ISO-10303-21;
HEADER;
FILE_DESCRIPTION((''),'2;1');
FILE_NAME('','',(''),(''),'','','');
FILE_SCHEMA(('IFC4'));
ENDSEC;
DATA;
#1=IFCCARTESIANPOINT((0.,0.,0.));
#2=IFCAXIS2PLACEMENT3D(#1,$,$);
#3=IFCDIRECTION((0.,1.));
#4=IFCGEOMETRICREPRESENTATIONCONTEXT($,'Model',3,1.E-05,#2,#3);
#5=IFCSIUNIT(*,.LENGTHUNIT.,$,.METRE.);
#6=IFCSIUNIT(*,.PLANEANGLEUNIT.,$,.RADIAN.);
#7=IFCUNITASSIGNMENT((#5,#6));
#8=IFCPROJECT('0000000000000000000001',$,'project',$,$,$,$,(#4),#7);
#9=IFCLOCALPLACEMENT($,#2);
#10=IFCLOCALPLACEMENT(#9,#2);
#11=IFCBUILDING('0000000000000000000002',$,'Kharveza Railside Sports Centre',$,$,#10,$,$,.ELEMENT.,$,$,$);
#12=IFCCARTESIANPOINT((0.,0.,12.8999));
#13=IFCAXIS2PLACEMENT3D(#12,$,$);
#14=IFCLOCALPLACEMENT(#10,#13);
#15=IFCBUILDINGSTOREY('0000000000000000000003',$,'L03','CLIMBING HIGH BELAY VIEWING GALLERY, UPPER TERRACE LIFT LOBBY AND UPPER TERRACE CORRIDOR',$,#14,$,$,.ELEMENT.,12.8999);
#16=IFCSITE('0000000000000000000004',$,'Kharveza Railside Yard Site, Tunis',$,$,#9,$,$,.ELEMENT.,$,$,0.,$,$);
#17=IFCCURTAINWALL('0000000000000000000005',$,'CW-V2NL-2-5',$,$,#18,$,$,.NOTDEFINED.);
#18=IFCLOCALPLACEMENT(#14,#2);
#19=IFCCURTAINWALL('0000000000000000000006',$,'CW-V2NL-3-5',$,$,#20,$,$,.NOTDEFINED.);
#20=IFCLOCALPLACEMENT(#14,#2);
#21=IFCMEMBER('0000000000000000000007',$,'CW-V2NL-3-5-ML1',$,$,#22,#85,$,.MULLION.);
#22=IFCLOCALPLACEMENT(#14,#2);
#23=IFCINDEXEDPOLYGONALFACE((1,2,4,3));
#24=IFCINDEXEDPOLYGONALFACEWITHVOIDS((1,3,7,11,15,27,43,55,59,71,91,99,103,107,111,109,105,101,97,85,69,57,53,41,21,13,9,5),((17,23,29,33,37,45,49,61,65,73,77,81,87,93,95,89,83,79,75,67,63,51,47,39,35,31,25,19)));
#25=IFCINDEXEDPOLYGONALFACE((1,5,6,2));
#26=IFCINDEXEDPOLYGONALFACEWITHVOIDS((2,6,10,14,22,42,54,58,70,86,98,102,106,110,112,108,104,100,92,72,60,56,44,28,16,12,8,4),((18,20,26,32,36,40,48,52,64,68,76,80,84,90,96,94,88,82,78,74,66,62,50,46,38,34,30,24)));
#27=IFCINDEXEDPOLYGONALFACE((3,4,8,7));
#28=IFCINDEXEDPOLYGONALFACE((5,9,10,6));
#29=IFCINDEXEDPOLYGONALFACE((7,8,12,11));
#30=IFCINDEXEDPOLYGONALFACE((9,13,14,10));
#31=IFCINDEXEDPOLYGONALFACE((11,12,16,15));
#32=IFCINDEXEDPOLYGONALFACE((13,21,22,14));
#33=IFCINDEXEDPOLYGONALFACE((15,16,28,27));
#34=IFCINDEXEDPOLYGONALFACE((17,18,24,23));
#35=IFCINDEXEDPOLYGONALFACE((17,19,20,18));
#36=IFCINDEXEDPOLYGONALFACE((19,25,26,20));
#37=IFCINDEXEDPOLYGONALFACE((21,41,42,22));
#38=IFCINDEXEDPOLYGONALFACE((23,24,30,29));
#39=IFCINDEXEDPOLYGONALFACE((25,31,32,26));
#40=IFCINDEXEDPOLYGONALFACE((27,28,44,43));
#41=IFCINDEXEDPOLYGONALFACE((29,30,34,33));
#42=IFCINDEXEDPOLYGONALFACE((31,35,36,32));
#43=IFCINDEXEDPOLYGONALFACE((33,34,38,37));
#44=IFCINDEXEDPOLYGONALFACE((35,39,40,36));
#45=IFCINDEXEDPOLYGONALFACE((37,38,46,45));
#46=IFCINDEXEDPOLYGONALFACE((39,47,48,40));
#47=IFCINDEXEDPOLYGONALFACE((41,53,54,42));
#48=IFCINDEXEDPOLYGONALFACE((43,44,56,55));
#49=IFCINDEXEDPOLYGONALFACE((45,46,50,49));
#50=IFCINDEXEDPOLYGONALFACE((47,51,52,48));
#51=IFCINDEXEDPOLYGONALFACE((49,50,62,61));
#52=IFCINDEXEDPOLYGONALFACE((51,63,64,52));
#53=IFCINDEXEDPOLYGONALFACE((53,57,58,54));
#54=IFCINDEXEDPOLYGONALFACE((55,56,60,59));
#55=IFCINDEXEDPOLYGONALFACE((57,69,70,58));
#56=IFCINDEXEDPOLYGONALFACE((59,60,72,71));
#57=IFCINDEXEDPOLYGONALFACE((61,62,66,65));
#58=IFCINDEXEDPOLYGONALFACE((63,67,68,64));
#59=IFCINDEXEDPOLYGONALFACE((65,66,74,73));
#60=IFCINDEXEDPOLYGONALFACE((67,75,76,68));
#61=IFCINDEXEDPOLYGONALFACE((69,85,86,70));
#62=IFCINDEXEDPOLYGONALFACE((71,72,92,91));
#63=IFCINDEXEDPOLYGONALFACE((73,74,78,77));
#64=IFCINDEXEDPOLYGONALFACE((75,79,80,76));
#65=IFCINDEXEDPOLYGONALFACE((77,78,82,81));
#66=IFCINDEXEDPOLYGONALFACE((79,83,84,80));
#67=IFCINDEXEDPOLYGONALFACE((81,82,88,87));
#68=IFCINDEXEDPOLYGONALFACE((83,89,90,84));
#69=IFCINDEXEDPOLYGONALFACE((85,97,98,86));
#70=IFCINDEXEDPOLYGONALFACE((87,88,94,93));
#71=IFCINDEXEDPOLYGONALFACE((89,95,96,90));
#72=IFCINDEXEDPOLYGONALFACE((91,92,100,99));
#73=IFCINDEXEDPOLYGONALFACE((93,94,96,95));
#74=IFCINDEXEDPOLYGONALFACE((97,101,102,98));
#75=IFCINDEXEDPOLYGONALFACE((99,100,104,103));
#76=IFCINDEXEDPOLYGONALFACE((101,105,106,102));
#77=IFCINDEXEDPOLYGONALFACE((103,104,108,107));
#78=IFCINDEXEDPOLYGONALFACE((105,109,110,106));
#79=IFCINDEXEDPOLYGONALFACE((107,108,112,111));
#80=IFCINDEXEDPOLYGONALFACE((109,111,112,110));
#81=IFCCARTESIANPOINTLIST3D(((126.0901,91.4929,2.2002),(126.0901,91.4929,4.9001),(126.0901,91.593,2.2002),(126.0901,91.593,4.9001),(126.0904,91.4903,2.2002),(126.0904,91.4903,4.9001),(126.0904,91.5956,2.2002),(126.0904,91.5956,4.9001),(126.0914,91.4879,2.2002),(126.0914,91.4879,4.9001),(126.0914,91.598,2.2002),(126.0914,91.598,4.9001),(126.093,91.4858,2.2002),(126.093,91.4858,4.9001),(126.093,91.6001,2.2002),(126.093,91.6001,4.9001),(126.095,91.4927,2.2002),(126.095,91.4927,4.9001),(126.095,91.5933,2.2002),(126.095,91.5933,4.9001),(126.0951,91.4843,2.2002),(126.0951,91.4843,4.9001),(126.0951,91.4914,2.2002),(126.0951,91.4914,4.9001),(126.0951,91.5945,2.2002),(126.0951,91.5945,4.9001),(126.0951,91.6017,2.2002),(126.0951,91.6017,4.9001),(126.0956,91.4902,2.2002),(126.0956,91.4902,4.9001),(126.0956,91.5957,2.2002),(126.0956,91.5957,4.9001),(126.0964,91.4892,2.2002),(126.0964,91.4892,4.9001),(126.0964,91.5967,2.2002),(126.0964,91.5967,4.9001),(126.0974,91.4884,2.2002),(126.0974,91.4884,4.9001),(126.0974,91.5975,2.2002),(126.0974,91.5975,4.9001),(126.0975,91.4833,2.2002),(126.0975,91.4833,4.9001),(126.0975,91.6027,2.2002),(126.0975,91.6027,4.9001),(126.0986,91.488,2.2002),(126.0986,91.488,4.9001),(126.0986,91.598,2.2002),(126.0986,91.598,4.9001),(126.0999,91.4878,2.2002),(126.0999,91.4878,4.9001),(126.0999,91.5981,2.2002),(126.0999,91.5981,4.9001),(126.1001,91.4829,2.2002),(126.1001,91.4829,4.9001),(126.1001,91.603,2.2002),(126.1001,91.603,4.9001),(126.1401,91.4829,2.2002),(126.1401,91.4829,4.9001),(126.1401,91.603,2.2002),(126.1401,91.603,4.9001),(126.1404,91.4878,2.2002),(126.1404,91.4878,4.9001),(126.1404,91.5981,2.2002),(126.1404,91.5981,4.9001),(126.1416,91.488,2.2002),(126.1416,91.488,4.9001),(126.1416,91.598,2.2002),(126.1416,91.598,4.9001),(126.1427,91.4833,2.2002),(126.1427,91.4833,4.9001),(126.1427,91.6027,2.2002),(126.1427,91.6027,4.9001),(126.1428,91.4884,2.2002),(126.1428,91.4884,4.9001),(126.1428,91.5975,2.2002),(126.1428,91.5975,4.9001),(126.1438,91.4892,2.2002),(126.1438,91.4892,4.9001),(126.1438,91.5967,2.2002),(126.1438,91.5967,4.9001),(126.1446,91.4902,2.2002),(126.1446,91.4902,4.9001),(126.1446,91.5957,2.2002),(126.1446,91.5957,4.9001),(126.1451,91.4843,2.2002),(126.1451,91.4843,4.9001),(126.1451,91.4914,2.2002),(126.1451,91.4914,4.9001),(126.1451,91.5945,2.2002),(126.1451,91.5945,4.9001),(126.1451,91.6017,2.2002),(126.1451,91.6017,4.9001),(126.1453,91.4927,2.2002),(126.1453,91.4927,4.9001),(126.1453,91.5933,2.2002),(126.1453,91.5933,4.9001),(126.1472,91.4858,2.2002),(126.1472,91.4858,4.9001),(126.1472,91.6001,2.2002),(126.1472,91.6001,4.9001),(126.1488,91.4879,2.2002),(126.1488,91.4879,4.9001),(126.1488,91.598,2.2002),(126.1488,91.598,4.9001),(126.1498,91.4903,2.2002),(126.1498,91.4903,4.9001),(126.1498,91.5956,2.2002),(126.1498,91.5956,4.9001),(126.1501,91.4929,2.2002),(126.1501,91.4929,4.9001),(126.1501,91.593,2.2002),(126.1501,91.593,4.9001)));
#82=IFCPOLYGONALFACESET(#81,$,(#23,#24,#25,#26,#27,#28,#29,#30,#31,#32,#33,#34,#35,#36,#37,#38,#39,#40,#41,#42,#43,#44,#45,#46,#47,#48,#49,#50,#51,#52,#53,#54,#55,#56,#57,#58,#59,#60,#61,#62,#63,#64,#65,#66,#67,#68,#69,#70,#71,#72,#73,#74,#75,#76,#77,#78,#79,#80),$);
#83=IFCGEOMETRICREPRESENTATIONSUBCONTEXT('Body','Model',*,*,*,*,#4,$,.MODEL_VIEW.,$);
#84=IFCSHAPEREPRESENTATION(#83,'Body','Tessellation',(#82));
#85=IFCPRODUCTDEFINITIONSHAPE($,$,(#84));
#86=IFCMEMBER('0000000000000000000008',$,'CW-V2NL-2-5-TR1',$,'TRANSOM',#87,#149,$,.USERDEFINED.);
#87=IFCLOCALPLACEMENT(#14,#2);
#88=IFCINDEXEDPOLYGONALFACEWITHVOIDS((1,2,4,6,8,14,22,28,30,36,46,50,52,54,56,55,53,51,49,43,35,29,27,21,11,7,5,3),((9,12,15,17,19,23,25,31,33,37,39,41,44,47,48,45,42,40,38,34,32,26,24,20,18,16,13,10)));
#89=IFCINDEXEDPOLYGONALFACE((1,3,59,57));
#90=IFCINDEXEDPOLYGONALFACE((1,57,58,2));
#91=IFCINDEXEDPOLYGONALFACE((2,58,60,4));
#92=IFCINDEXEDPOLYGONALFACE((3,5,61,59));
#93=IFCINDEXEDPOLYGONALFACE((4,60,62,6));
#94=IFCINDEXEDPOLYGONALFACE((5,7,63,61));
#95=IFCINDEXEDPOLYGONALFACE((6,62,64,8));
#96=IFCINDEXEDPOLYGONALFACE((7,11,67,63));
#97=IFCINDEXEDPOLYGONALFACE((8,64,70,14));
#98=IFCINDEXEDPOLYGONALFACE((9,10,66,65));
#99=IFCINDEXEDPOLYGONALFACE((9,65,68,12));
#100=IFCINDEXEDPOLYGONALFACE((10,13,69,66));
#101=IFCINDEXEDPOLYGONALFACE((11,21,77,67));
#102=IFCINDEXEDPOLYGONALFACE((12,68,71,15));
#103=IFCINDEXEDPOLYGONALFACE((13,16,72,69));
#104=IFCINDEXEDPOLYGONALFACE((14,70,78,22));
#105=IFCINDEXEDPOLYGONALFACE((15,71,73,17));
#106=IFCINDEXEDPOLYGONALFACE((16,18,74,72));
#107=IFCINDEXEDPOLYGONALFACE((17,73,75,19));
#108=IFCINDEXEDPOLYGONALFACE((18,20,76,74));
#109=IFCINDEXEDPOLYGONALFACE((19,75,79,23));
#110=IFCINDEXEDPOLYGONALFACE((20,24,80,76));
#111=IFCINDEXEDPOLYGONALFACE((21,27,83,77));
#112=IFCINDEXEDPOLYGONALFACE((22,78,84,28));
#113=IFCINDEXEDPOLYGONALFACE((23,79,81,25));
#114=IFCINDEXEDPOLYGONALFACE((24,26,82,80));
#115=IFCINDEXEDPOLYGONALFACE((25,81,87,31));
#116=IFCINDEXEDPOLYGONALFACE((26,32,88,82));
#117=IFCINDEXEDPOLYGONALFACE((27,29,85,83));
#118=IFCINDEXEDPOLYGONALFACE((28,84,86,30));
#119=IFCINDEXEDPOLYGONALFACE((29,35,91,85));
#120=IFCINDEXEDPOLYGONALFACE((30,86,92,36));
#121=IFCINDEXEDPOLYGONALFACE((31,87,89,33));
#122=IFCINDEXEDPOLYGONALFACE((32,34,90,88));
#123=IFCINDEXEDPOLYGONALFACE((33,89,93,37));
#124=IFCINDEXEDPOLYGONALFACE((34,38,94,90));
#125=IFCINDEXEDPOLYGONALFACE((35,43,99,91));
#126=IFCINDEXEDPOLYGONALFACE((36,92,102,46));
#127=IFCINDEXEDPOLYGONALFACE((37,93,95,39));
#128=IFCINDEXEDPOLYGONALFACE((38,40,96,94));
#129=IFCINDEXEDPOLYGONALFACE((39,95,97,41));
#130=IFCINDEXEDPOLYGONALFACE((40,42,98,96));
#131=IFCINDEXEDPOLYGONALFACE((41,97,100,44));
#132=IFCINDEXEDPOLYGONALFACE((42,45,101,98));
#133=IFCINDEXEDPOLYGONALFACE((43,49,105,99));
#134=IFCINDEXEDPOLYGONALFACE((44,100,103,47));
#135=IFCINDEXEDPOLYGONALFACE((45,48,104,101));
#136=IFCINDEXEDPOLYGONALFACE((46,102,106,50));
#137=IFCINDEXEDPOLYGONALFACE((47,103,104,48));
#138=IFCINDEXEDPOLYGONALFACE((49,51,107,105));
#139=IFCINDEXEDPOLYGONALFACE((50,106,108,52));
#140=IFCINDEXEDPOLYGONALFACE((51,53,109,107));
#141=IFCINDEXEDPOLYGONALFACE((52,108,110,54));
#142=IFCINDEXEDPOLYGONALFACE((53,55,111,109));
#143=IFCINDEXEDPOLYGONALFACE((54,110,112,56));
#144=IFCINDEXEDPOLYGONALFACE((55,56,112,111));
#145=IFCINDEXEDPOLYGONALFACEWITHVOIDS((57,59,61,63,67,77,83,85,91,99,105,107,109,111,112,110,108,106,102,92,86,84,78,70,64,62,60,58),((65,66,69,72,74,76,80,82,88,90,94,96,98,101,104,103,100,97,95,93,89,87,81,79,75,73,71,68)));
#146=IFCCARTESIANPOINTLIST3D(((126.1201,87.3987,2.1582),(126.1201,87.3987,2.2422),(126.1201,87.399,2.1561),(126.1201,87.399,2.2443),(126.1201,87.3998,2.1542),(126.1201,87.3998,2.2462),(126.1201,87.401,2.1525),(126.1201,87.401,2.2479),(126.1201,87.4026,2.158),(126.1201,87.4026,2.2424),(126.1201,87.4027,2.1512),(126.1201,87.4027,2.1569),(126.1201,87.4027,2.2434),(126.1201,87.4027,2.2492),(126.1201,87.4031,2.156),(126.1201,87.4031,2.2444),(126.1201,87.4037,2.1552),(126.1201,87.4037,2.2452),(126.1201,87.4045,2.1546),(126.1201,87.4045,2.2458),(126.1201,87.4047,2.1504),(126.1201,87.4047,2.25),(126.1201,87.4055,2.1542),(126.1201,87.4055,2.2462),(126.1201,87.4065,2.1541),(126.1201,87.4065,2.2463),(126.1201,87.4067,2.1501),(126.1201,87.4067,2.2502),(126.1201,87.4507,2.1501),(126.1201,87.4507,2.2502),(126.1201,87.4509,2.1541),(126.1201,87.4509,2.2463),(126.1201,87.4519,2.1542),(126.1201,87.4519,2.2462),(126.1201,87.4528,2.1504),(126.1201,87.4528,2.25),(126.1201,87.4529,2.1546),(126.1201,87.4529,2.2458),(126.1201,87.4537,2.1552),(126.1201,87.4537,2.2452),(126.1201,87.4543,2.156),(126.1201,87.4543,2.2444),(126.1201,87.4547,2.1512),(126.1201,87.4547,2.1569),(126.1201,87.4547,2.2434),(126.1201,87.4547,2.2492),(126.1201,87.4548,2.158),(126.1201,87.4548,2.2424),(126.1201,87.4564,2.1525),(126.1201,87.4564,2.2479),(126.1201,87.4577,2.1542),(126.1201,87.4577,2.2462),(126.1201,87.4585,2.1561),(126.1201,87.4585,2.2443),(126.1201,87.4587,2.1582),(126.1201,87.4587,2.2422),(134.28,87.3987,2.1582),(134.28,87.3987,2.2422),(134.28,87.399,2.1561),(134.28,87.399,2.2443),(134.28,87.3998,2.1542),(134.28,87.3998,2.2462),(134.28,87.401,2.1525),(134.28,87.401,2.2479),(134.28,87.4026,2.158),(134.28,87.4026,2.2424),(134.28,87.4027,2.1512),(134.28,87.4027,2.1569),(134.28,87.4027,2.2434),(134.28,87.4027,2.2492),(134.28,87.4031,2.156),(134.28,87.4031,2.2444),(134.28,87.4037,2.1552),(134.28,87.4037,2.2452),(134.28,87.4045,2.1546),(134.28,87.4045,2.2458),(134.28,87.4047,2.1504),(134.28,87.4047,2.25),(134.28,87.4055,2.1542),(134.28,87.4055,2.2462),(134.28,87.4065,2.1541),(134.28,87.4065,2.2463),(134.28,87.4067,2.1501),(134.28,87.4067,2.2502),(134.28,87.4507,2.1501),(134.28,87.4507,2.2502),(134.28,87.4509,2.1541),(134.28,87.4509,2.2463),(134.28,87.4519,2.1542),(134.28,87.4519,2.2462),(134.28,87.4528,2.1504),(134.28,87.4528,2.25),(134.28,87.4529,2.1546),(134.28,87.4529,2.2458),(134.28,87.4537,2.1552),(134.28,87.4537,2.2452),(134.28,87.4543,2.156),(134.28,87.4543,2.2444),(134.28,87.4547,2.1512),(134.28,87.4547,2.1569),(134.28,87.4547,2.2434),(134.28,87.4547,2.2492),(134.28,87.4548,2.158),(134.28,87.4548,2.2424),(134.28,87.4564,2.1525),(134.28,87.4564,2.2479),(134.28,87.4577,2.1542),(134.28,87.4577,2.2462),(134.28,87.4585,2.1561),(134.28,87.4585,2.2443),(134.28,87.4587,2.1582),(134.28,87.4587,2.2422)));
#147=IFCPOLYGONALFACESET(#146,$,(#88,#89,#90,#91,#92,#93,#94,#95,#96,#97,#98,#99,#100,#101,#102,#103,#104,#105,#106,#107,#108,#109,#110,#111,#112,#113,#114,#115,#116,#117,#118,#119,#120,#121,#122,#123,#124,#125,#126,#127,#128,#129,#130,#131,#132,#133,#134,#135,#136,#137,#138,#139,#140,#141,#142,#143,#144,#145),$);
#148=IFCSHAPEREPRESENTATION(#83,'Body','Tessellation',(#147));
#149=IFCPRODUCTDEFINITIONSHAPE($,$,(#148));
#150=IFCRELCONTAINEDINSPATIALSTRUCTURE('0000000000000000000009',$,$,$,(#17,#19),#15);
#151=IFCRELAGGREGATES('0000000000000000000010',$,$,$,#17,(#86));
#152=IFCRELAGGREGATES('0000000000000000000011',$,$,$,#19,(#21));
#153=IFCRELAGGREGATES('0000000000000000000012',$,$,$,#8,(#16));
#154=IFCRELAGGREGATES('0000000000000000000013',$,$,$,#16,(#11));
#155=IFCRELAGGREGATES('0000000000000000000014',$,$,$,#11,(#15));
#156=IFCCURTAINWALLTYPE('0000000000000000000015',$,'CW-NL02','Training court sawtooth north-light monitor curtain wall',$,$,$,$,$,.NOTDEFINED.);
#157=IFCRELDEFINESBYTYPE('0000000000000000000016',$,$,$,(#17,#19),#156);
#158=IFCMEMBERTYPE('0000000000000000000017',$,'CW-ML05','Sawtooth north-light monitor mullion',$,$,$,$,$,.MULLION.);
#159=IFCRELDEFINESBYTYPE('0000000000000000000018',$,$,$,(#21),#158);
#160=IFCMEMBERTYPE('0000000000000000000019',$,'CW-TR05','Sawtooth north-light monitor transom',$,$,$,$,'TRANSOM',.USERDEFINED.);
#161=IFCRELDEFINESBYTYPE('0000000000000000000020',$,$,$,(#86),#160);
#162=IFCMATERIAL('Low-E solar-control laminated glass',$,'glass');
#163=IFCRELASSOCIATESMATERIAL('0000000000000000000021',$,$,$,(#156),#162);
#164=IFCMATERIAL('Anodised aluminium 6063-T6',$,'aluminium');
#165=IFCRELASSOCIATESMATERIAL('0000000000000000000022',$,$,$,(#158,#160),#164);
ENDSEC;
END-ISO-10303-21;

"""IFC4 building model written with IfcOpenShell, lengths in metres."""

from ifc_helpers import new_model, si_unit, direction, frame, origin, origin_2d, place, context, subcontext, project, spatial, hollow_rectangle, extrude, material, material_profile, profile_set, type_object, element, aggregate, save


model = new_model("IFC4")

# Units and contexts
model_context = context("Model", 3, precision=1e-05, world=origin(), true_north=direction((0.0, 1.0)))
body_context = subcontext(model_context, "Body", "Model", "MODEL_VIEW")
ifc_project = project(units=[si_unit("LENGTHUNIT", "METRE"), si_unit("PLANEANGLEUNIT", "RADIAN")], contexts=[model_context])

# Site, building, storey
site_placement = place(None, origin())
site = spatial("IfcSite", under=ifc_project, at=site_placement, Name="Kharveza Railside Yard Site, Tunis", CompositionType="ELEMENT", RefElevation=0.0)
building_placement = place(site_placement, origin())
building = spatial("IfcBuilding", under=site, at=building_placement, Name="Kharveza Railside Sports Centre", CompositionType="ELEMENT")
storey_placement = place(building_placement, frame((0.0, 0.0, 12.8999)))
storey = spatial("IfcBuildingStorey", under=building, at=storey_placement, Name="L03", Description="CLIMBING HIGH BELAY VIEWING GALLERY, UPPER TERRACE LIFT LOBBY AND UPPER TERRACE CORRIDOR", CompositionType="ELEMENT", Elevation=12.8999)

# Curtain wall
ifc_material_1 = material(Name="Low-E solar-control laminated glass", Category="glass")
curtain_wall_type = type_object("IfcCurtainWallType", Name="CW-NL02", Description="Training court sawtooth north-light monitor curtain wall", PredefinedType="NOTDEFINED", material=ifc_material_1)
curtain_wall_1_placement = place(storey_placement, origin())
curtain_wall_1 = element("IfcCurtainWall", 1, at=curtain_wall_1_placement, inside=storey, type_object=curtain_wall_type, Name="CW-V2NL-2-5", PredefinedType="NOTDEFINED")
ifc_material_2 = material(Name="Anodised aluminium 6063-T6", Category="aluminium")
ifc_material_profile_1 = material_profile(ifc_material_2, hollow_rectangle(XDim=0.0601, YDim=0.1201, WallThickness=0.0049, InnerFilletRadius=0.0049, OuterFilletRadius=0.01, at=origin_2d()), Name="RHS 60x120x5.0")
ifc_profile_set_1 = profile_set([ifc_material_profile_1], Name="Anodised aluminium 6063-T6")
member_type_1 = type_object("IfcMemberType", Name="CW-ML05", Description="Sawtooth north-light monitor mullion", PredefinedType="MULLION", material=ifc_profile_set_1)

# Curtain wall, member
curtain_wall_2_placement = place(storey_placement, origin())
curtain_wall_2 = element("IfcCurtainWall", 2, at=curtain_wall_2_placement, inside=storey, type_object=curtain_wall_type, Name="CW-V2NL-3-5", PredefinedType="NOTDEFINED")
member_1_placement = place(storey_placement, frame((126.1201, 91.543, 2.2002), z_axis=(0.0, 0.0, 1.0), x_axis=(1.0, 0.0, 0.0)))
member_1 = element("IfcMember", 3, at=member_1_placement, type_object=member_type_1, Name="CW-V2NL-3-5-ML1", PredefinedType="MULLION", context=body_context, shape_type="SweptSolid", body=[
    extrude(hollow_rectangle(XDim=0.0601, YDim=0.1201, WallThickness=0.0049, InnerFilletRadius=0.0049, OuterFilletRadius=0.01, at=origin_2d()), origin(), (0.0, 0.0, 1.0), 2.7),
])

# Member
ifc_material_profile_2 = material_profile(ifc_material_2, hollow_rectangle(XDim=0.0601, YDim=0.1001, WallThickness=0.0039, InnerFilletRadius=0.0039, OuterFilletRadius=0.0081, at=origin_2d()), Name="RHS 60x100x4.0")
ifc_profile_set_2 = profile_set([ifc_material_profile_2], Name="Anodised aluminium 6063-T6")
member_type_2 = type_object("IfcMemberType", Name="CW-TR05", Description="Sawtooth north-light monitor transom", ElementType="TRANSOM", PredefinedType="USERDEFINED", material=ifc_profile_set_2)
member_2_placement = place(storey_placement, frame((126.1201, 87.4287, 2.2002), z_axis=(1.0, 0.0, 0.0), x_axis=(0.0, 1.0, 0.0)))
member_2 = element("IfcMember", 4, at=member_2_placement, type_object=member_type_2, Name="CW-V2NL-2-5-TR1", ObjectType="TRANSOM", PredefinedType="USERDEFINED", context=body_context, shape_type="SweptSolid", body=[
    extrude(hollow_rectangle(XDim=0.0601, YDim=0.1001, WallThickness=0.0039, InnerFilletRadius=0.0039, OuterFilletRadius=0.0081, at=origin_2d()), origin(), (0.0, 0.0, 1.0), 8.1599),
])

aggregate(curtain_wall_1, [member_2])
aggregate(curtain_wall_2, [member_1])

save(model, "model.ifc")
